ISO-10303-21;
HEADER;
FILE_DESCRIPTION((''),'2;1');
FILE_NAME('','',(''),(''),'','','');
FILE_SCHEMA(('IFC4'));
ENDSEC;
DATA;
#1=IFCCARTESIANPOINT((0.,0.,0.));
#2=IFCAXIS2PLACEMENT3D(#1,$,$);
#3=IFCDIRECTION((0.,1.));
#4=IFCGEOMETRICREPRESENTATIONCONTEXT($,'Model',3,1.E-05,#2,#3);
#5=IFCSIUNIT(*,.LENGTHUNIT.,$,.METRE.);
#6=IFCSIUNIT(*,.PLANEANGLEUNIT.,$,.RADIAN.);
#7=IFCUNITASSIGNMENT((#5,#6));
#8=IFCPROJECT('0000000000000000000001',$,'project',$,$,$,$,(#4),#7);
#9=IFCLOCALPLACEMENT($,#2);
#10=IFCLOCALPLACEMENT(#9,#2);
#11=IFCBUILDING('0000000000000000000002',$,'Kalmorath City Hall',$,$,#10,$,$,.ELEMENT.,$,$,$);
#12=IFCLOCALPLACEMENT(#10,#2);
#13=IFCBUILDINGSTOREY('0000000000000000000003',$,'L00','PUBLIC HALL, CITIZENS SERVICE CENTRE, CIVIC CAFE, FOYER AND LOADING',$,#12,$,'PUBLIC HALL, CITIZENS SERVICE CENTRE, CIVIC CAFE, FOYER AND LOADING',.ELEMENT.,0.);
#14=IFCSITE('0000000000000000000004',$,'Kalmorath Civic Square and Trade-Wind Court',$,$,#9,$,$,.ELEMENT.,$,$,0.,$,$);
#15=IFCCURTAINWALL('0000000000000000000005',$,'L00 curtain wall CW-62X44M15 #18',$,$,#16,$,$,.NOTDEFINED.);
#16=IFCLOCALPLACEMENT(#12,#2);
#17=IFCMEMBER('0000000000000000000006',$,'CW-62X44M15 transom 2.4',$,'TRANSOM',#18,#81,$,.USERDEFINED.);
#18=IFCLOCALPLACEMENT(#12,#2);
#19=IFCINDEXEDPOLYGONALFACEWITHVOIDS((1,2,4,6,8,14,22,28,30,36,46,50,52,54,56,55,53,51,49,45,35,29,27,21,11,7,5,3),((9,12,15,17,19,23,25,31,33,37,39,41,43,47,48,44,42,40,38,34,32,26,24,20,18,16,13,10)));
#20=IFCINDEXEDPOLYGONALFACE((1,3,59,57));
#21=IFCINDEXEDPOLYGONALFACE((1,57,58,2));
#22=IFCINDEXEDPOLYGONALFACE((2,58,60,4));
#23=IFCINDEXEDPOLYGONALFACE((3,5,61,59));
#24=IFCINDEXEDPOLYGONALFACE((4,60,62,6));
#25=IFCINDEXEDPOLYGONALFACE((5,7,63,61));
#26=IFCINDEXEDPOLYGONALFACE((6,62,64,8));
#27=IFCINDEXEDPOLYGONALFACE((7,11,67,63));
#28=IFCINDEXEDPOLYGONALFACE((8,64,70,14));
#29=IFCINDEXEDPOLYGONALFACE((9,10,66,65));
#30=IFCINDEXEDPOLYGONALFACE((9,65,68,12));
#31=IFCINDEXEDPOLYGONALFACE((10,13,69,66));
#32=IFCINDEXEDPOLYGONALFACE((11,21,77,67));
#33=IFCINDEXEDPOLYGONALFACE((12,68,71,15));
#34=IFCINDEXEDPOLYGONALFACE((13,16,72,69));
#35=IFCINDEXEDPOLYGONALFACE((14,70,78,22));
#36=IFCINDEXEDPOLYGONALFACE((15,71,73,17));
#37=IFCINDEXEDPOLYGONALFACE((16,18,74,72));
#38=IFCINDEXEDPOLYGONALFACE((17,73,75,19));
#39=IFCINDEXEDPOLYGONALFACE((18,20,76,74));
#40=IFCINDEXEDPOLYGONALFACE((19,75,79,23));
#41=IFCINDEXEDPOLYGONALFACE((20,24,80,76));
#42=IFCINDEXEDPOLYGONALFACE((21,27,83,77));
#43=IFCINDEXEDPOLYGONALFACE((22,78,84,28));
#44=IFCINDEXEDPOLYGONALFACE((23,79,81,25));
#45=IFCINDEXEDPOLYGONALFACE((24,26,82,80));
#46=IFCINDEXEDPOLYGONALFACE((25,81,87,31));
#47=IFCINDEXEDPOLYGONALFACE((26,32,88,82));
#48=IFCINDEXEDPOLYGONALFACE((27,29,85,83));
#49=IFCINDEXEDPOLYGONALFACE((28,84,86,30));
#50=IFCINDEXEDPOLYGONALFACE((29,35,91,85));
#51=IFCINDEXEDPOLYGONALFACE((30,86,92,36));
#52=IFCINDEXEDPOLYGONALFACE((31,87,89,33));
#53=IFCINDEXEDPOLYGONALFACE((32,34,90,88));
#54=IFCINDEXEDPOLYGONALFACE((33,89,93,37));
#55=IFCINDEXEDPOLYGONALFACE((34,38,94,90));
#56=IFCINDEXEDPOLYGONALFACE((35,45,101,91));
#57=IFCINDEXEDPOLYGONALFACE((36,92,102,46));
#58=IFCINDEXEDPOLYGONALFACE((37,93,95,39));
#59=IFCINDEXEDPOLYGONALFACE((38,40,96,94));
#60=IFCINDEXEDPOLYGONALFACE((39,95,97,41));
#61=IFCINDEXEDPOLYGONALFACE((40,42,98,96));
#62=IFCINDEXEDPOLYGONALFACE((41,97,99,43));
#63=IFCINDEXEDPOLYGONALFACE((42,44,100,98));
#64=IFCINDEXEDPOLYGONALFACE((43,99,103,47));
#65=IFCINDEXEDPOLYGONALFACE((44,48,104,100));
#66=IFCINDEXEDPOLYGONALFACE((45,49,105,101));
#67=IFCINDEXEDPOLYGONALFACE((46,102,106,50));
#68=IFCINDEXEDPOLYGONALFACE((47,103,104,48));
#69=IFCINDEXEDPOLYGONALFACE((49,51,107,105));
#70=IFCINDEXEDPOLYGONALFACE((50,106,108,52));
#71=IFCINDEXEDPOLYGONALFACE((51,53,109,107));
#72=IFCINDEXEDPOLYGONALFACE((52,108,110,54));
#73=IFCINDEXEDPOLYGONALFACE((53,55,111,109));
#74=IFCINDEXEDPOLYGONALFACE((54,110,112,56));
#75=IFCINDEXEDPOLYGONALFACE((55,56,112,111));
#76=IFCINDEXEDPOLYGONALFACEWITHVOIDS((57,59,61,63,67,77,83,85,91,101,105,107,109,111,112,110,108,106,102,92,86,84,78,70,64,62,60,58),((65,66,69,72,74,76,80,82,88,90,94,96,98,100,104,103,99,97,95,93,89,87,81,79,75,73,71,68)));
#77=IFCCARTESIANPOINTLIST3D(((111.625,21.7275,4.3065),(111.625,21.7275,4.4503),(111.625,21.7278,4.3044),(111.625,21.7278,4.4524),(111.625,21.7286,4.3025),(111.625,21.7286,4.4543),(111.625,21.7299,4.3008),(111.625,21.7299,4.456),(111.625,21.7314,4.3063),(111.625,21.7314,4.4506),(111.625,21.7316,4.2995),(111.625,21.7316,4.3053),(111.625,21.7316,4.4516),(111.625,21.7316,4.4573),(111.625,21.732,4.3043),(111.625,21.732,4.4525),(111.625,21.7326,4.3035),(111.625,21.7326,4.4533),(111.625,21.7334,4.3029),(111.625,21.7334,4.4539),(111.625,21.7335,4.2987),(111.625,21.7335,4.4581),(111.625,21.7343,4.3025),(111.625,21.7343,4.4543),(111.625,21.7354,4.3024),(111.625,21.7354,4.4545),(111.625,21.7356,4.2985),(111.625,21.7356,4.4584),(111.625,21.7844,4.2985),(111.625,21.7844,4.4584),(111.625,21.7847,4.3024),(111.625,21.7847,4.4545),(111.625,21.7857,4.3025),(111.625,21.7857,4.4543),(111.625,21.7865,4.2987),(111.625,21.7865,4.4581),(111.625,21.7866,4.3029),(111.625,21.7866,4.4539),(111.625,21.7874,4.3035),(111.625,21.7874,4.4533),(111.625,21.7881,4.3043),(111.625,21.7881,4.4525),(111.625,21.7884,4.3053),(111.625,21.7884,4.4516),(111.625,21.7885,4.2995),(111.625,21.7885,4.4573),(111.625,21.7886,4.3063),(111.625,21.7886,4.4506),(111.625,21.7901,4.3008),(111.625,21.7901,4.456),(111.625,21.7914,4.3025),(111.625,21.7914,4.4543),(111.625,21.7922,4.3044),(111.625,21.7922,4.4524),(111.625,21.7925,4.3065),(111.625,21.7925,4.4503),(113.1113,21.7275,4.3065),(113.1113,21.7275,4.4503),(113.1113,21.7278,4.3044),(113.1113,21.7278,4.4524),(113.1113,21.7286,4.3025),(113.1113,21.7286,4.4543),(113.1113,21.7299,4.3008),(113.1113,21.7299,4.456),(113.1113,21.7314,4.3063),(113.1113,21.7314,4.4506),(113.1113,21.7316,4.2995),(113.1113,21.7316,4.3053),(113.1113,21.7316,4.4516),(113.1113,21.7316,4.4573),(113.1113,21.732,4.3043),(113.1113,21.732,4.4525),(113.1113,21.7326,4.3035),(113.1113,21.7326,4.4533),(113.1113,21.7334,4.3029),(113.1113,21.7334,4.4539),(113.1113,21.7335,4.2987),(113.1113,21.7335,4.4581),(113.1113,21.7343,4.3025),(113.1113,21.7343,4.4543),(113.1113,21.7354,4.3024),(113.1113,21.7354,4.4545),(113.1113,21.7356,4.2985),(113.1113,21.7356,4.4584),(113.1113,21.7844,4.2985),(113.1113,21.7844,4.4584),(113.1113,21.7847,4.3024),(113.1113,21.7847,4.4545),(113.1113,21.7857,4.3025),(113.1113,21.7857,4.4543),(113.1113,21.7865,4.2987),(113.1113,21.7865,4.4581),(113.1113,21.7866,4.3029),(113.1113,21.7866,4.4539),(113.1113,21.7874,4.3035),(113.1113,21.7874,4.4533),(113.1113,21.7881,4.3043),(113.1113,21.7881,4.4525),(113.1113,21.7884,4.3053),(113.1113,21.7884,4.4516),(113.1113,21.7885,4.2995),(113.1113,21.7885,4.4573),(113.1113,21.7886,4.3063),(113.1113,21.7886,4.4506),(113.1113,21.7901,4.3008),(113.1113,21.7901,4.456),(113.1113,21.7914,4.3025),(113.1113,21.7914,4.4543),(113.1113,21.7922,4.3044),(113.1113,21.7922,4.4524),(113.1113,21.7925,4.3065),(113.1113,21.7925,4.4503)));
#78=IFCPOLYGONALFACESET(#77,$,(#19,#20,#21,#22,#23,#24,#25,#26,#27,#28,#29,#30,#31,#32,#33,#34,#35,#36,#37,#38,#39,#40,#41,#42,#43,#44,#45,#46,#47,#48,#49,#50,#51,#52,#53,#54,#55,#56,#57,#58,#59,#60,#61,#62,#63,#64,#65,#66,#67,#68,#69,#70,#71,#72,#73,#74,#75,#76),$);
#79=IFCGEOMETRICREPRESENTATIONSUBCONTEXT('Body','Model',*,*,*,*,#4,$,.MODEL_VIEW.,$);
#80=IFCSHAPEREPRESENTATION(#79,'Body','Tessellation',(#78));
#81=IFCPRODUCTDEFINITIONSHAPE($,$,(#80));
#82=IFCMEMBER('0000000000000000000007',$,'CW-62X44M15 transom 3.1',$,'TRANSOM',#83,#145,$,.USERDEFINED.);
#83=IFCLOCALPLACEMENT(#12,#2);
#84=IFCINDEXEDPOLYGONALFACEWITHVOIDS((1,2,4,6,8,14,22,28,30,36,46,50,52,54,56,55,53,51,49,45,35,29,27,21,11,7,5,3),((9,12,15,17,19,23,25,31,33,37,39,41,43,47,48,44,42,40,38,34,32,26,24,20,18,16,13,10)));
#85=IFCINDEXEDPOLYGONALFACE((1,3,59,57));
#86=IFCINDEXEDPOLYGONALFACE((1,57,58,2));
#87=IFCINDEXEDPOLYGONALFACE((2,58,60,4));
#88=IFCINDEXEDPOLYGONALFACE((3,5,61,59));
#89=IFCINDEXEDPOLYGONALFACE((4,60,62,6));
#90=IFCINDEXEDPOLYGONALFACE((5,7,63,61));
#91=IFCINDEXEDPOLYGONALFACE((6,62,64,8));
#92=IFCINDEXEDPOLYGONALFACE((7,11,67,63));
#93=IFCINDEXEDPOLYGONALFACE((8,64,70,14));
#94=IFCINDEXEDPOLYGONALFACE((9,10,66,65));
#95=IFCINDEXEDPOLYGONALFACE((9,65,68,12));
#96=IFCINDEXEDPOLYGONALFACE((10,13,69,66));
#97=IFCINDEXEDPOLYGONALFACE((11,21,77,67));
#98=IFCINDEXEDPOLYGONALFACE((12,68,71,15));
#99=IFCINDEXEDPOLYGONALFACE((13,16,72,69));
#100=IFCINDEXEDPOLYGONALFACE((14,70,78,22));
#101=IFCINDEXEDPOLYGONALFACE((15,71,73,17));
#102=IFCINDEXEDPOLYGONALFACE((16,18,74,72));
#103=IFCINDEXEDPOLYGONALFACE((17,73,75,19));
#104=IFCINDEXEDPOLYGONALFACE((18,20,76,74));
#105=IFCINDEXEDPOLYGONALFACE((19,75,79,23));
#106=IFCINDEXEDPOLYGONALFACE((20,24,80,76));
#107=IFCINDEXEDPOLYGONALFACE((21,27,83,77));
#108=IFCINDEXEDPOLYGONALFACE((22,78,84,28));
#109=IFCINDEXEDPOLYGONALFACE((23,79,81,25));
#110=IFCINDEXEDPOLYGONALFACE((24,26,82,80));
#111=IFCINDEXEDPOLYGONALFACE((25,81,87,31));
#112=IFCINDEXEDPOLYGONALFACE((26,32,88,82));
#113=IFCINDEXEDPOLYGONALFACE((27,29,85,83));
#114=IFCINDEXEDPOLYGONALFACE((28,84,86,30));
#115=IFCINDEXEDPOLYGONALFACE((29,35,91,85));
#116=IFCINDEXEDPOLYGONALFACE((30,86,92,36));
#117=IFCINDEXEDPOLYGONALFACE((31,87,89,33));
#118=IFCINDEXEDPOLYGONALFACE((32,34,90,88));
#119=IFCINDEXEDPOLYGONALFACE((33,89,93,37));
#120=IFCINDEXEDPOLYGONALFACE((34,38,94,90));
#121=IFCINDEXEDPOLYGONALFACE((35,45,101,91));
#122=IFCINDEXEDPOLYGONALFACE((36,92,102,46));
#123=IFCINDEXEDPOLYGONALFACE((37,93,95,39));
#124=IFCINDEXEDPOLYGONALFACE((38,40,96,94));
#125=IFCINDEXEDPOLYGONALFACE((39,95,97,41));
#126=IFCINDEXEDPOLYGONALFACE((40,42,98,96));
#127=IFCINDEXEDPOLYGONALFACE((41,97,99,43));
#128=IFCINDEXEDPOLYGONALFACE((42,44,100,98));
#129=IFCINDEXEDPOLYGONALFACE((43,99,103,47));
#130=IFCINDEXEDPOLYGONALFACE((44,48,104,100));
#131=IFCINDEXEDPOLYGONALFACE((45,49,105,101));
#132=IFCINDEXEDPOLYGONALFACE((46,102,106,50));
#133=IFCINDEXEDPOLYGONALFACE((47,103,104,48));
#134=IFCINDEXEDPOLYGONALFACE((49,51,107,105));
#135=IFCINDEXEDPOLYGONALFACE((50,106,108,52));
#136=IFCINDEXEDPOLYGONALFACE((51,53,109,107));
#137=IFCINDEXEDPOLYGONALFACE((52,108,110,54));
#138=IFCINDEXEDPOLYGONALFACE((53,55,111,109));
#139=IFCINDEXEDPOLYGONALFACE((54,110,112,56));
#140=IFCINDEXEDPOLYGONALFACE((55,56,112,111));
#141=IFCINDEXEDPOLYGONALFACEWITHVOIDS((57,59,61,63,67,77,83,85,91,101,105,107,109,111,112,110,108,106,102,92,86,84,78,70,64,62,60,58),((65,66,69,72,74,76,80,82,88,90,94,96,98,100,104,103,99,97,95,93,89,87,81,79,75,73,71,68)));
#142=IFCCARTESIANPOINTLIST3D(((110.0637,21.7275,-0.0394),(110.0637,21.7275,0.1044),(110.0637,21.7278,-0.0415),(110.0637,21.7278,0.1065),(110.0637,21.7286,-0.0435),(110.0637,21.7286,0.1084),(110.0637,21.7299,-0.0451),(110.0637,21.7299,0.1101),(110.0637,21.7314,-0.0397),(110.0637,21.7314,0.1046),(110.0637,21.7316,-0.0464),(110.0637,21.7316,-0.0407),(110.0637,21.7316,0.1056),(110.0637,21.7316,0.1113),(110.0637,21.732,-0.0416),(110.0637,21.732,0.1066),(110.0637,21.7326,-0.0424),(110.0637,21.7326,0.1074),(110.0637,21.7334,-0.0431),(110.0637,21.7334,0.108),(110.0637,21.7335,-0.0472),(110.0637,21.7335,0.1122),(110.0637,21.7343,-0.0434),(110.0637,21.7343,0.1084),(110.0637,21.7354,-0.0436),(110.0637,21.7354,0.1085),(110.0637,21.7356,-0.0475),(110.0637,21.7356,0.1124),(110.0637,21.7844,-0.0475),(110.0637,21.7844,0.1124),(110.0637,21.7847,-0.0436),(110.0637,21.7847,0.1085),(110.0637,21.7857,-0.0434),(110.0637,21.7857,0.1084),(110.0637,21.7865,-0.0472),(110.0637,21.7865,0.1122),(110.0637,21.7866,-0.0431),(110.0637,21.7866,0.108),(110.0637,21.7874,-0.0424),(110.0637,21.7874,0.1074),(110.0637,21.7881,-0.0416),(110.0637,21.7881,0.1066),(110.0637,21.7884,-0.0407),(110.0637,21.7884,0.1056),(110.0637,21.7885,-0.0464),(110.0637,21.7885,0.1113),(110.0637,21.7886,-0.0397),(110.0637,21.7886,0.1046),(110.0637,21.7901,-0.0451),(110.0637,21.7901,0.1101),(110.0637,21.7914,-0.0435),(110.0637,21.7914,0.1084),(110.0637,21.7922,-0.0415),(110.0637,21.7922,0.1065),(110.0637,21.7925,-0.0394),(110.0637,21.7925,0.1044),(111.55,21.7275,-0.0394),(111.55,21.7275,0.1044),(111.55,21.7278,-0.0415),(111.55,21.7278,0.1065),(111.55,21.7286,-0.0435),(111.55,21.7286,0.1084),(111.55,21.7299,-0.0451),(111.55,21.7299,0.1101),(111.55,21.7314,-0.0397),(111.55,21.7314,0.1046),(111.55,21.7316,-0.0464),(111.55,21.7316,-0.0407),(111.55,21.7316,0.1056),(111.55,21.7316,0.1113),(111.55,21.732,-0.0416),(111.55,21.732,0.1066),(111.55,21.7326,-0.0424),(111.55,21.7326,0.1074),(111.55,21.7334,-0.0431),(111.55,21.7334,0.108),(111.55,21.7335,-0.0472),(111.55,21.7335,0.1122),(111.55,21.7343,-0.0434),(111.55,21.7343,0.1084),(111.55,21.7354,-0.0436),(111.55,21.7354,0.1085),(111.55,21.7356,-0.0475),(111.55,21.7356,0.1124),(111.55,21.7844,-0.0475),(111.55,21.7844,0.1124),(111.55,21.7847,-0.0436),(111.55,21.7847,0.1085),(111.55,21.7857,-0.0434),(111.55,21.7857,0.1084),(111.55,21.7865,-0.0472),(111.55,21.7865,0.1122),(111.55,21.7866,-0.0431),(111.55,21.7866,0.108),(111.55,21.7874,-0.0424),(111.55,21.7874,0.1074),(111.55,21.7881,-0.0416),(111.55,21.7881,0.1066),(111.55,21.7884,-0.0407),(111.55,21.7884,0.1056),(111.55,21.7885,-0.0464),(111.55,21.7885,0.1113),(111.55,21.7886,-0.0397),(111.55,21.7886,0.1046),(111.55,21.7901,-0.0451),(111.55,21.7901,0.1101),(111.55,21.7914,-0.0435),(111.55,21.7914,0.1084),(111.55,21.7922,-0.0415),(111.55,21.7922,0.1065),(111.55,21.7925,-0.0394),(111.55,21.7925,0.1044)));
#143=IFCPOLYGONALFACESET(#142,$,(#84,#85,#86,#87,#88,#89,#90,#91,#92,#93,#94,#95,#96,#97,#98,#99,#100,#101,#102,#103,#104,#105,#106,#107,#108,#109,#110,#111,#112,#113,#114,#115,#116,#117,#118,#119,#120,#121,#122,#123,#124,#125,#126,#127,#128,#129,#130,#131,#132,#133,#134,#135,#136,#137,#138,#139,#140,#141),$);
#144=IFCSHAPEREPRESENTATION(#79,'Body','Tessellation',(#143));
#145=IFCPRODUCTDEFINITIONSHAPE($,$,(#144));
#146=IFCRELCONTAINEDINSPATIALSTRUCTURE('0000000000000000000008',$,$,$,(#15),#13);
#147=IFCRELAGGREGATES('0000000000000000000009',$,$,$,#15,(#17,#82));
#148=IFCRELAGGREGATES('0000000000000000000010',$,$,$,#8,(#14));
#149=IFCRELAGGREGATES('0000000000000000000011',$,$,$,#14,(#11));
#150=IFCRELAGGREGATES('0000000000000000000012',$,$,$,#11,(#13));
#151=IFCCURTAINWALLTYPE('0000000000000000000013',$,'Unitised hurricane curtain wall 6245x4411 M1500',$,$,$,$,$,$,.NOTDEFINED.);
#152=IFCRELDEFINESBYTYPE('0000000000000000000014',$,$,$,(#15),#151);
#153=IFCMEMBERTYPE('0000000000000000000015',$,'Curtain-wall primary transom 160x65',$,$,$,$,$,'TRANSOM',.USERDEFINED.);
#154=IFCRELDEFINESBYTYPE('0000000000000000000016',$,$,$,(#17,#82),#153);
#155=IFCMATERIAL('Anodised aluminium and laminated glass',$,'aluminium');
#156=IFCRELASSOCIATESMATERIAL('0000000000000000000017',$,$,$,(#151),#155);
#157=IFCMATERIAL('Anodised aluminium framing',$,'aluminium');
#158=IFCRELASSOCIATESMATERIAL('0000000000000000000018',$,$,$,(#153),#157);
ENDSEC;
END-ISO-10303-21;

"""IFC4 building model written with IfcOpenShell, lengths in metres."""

from ifc_helpers import new_model, si_unit, direction, frame, origin, origin_2d, place, context, subcontext, project, spatial, hollow_rectangle, extrude, material, material_profile, profile_set, type_object, element, aggregate, save


model = new_model("IFC4")

# Units and contexts
model_context = context("Model", 3, precision=1e-05, world=origin(), true_north=direction((0.0, 1.0)))
body_context = subcontext(model_context, "Body", "Model", "MODEL_VIEW")
ifc_project = project(units=[si_unit("LENGTHUNIT", "METRE"), si_unit("PLANEANGLEUNIT", "RADIAN")], contexts=[model_context])

# Site, building, storey
site_placement = place(None, origin())
site = spatial("IfcSite", under=ifc_project, at=site_placement, Name="Kalmorath Civic Square and Trade-Wind Court", CompositionType="ELEMENT", RefElevation=0.0)
building_placement = place(site_placement, origin())
building = spatial("IfcBuilding", under=site, at=building_placement, Name="Kalmorath City Hall", CompositionType="ELEMENT")
storey_placement = place(building_placement, origin())
storey = spatial("IfcBuildingStorey", under=building, at=storey_placement, Name="L00", Description="PUBLIC HALL, CITIZENS SERVICE CENTRE, CIVIC CAFE, FOYER AND LOADING", LongName="PUBLIC HALL, CITIZENS SERVICE CENTRE, CIVIC CAFE, FOYER AND LOADING", CompositionType="ELEMENT", Elevation=0.0)

# Curtain wall
ifc_material_1 = material(Name="Anodised aluminium and laminated glass", Category="aluminium")
curtain_wall_type_1 = type_object("IfcCurtainWallType", Name="Unitised hurricane curtain wall 6245x4411 M1500", PredefinedType="NOTDEFINED", material=ifc_material_1)
curtain_wall_1_placement = place(storey_placement, origin())
curtain_wall_1 = element("IfcCurtainWall", 1, at=curtain_wall_1_placement, inside=storey, type_object=curtain_wall_type_1, Name="L00 curtain wall CW-62X44M15 #18", PredefinedType="NOTDEFINED")

# Members
ifc_material_2 = material(Name="Anodised aluminium framing", Category="aluminium")
ifc_material_profile_1 = material_profile(ifc_material_2, hollow_rectangle(XDim=0.0649, YDim=0.1599, WallThickness=0.0039, InnerFilletRadius=0.0039, OuterFilletRadius=0.0081, at=origin_2d()), Name="ALU-TRN-160X65X4")
ifc_profile_set_1 = profile_set([ifc_material_profile_1], Name="Anodised aluminium framing")
member_type_1 = type_object("IfcMemberType", Name="Curtain-wall primary transom 160x65", ElementType="TRANSOM", PredefinedType="USERDEFINED", material=ifc_profile_set_1)
member_1_placement = place(storey_placement, frame((113.1113, 21.76, 4.3784), z_axis=(-1.0, 0.0, 0.0), x_axis=(0.0, -1.0, 0.0)))
member_1 = element("IfcMember", 2, at=member_1_placement, type_object=member_type_1, Name="CW-62X44M15 transom 2.4", ObjectType="TRANSOM", PredefinedType="USERDEFINED", context=body_context, shape_type="SweptSolid", body=[
    extrude(hollow_rectangle(XDim=0.0649, YDim=0.1599, WallThickness=0.0039, InnerFilletRadius=0.0039, OuterFilletRadius=0.0081, at=origin_2d()), origin(), (0.0, 0.0, 1.0), 1.4863),
])
member_2_placement = place(storey_placement, frame((111.55, 21.76, 0.0325), z_axis=(-1.0, 0.0, 0.0), x_axis=(0.0, -1.0, 0.0)))
member_2 = element("IfcMember", 3, at=member_2_placement, type_object=member_type_1, Name="CW-62X44M15 transom 3.1", ObjectType="TRANSOM", PredefinedType="USERDEFINED", context=body_context, shape_type="SweptSolid", body=[
    extrude(hollow_rectangle(XDim=0.0649, YDim=0.1599, WallThickness=0.0039, InnerFilletRadius=0.0039, OuterFilletRadius=0.0081, at=origin_2d()), origin(), (0.0, 0.0, 1.0), 1.4863),
])

aggregate(curtain_wall_1, [member_1, member_2])

save(model, "model.ifc")
